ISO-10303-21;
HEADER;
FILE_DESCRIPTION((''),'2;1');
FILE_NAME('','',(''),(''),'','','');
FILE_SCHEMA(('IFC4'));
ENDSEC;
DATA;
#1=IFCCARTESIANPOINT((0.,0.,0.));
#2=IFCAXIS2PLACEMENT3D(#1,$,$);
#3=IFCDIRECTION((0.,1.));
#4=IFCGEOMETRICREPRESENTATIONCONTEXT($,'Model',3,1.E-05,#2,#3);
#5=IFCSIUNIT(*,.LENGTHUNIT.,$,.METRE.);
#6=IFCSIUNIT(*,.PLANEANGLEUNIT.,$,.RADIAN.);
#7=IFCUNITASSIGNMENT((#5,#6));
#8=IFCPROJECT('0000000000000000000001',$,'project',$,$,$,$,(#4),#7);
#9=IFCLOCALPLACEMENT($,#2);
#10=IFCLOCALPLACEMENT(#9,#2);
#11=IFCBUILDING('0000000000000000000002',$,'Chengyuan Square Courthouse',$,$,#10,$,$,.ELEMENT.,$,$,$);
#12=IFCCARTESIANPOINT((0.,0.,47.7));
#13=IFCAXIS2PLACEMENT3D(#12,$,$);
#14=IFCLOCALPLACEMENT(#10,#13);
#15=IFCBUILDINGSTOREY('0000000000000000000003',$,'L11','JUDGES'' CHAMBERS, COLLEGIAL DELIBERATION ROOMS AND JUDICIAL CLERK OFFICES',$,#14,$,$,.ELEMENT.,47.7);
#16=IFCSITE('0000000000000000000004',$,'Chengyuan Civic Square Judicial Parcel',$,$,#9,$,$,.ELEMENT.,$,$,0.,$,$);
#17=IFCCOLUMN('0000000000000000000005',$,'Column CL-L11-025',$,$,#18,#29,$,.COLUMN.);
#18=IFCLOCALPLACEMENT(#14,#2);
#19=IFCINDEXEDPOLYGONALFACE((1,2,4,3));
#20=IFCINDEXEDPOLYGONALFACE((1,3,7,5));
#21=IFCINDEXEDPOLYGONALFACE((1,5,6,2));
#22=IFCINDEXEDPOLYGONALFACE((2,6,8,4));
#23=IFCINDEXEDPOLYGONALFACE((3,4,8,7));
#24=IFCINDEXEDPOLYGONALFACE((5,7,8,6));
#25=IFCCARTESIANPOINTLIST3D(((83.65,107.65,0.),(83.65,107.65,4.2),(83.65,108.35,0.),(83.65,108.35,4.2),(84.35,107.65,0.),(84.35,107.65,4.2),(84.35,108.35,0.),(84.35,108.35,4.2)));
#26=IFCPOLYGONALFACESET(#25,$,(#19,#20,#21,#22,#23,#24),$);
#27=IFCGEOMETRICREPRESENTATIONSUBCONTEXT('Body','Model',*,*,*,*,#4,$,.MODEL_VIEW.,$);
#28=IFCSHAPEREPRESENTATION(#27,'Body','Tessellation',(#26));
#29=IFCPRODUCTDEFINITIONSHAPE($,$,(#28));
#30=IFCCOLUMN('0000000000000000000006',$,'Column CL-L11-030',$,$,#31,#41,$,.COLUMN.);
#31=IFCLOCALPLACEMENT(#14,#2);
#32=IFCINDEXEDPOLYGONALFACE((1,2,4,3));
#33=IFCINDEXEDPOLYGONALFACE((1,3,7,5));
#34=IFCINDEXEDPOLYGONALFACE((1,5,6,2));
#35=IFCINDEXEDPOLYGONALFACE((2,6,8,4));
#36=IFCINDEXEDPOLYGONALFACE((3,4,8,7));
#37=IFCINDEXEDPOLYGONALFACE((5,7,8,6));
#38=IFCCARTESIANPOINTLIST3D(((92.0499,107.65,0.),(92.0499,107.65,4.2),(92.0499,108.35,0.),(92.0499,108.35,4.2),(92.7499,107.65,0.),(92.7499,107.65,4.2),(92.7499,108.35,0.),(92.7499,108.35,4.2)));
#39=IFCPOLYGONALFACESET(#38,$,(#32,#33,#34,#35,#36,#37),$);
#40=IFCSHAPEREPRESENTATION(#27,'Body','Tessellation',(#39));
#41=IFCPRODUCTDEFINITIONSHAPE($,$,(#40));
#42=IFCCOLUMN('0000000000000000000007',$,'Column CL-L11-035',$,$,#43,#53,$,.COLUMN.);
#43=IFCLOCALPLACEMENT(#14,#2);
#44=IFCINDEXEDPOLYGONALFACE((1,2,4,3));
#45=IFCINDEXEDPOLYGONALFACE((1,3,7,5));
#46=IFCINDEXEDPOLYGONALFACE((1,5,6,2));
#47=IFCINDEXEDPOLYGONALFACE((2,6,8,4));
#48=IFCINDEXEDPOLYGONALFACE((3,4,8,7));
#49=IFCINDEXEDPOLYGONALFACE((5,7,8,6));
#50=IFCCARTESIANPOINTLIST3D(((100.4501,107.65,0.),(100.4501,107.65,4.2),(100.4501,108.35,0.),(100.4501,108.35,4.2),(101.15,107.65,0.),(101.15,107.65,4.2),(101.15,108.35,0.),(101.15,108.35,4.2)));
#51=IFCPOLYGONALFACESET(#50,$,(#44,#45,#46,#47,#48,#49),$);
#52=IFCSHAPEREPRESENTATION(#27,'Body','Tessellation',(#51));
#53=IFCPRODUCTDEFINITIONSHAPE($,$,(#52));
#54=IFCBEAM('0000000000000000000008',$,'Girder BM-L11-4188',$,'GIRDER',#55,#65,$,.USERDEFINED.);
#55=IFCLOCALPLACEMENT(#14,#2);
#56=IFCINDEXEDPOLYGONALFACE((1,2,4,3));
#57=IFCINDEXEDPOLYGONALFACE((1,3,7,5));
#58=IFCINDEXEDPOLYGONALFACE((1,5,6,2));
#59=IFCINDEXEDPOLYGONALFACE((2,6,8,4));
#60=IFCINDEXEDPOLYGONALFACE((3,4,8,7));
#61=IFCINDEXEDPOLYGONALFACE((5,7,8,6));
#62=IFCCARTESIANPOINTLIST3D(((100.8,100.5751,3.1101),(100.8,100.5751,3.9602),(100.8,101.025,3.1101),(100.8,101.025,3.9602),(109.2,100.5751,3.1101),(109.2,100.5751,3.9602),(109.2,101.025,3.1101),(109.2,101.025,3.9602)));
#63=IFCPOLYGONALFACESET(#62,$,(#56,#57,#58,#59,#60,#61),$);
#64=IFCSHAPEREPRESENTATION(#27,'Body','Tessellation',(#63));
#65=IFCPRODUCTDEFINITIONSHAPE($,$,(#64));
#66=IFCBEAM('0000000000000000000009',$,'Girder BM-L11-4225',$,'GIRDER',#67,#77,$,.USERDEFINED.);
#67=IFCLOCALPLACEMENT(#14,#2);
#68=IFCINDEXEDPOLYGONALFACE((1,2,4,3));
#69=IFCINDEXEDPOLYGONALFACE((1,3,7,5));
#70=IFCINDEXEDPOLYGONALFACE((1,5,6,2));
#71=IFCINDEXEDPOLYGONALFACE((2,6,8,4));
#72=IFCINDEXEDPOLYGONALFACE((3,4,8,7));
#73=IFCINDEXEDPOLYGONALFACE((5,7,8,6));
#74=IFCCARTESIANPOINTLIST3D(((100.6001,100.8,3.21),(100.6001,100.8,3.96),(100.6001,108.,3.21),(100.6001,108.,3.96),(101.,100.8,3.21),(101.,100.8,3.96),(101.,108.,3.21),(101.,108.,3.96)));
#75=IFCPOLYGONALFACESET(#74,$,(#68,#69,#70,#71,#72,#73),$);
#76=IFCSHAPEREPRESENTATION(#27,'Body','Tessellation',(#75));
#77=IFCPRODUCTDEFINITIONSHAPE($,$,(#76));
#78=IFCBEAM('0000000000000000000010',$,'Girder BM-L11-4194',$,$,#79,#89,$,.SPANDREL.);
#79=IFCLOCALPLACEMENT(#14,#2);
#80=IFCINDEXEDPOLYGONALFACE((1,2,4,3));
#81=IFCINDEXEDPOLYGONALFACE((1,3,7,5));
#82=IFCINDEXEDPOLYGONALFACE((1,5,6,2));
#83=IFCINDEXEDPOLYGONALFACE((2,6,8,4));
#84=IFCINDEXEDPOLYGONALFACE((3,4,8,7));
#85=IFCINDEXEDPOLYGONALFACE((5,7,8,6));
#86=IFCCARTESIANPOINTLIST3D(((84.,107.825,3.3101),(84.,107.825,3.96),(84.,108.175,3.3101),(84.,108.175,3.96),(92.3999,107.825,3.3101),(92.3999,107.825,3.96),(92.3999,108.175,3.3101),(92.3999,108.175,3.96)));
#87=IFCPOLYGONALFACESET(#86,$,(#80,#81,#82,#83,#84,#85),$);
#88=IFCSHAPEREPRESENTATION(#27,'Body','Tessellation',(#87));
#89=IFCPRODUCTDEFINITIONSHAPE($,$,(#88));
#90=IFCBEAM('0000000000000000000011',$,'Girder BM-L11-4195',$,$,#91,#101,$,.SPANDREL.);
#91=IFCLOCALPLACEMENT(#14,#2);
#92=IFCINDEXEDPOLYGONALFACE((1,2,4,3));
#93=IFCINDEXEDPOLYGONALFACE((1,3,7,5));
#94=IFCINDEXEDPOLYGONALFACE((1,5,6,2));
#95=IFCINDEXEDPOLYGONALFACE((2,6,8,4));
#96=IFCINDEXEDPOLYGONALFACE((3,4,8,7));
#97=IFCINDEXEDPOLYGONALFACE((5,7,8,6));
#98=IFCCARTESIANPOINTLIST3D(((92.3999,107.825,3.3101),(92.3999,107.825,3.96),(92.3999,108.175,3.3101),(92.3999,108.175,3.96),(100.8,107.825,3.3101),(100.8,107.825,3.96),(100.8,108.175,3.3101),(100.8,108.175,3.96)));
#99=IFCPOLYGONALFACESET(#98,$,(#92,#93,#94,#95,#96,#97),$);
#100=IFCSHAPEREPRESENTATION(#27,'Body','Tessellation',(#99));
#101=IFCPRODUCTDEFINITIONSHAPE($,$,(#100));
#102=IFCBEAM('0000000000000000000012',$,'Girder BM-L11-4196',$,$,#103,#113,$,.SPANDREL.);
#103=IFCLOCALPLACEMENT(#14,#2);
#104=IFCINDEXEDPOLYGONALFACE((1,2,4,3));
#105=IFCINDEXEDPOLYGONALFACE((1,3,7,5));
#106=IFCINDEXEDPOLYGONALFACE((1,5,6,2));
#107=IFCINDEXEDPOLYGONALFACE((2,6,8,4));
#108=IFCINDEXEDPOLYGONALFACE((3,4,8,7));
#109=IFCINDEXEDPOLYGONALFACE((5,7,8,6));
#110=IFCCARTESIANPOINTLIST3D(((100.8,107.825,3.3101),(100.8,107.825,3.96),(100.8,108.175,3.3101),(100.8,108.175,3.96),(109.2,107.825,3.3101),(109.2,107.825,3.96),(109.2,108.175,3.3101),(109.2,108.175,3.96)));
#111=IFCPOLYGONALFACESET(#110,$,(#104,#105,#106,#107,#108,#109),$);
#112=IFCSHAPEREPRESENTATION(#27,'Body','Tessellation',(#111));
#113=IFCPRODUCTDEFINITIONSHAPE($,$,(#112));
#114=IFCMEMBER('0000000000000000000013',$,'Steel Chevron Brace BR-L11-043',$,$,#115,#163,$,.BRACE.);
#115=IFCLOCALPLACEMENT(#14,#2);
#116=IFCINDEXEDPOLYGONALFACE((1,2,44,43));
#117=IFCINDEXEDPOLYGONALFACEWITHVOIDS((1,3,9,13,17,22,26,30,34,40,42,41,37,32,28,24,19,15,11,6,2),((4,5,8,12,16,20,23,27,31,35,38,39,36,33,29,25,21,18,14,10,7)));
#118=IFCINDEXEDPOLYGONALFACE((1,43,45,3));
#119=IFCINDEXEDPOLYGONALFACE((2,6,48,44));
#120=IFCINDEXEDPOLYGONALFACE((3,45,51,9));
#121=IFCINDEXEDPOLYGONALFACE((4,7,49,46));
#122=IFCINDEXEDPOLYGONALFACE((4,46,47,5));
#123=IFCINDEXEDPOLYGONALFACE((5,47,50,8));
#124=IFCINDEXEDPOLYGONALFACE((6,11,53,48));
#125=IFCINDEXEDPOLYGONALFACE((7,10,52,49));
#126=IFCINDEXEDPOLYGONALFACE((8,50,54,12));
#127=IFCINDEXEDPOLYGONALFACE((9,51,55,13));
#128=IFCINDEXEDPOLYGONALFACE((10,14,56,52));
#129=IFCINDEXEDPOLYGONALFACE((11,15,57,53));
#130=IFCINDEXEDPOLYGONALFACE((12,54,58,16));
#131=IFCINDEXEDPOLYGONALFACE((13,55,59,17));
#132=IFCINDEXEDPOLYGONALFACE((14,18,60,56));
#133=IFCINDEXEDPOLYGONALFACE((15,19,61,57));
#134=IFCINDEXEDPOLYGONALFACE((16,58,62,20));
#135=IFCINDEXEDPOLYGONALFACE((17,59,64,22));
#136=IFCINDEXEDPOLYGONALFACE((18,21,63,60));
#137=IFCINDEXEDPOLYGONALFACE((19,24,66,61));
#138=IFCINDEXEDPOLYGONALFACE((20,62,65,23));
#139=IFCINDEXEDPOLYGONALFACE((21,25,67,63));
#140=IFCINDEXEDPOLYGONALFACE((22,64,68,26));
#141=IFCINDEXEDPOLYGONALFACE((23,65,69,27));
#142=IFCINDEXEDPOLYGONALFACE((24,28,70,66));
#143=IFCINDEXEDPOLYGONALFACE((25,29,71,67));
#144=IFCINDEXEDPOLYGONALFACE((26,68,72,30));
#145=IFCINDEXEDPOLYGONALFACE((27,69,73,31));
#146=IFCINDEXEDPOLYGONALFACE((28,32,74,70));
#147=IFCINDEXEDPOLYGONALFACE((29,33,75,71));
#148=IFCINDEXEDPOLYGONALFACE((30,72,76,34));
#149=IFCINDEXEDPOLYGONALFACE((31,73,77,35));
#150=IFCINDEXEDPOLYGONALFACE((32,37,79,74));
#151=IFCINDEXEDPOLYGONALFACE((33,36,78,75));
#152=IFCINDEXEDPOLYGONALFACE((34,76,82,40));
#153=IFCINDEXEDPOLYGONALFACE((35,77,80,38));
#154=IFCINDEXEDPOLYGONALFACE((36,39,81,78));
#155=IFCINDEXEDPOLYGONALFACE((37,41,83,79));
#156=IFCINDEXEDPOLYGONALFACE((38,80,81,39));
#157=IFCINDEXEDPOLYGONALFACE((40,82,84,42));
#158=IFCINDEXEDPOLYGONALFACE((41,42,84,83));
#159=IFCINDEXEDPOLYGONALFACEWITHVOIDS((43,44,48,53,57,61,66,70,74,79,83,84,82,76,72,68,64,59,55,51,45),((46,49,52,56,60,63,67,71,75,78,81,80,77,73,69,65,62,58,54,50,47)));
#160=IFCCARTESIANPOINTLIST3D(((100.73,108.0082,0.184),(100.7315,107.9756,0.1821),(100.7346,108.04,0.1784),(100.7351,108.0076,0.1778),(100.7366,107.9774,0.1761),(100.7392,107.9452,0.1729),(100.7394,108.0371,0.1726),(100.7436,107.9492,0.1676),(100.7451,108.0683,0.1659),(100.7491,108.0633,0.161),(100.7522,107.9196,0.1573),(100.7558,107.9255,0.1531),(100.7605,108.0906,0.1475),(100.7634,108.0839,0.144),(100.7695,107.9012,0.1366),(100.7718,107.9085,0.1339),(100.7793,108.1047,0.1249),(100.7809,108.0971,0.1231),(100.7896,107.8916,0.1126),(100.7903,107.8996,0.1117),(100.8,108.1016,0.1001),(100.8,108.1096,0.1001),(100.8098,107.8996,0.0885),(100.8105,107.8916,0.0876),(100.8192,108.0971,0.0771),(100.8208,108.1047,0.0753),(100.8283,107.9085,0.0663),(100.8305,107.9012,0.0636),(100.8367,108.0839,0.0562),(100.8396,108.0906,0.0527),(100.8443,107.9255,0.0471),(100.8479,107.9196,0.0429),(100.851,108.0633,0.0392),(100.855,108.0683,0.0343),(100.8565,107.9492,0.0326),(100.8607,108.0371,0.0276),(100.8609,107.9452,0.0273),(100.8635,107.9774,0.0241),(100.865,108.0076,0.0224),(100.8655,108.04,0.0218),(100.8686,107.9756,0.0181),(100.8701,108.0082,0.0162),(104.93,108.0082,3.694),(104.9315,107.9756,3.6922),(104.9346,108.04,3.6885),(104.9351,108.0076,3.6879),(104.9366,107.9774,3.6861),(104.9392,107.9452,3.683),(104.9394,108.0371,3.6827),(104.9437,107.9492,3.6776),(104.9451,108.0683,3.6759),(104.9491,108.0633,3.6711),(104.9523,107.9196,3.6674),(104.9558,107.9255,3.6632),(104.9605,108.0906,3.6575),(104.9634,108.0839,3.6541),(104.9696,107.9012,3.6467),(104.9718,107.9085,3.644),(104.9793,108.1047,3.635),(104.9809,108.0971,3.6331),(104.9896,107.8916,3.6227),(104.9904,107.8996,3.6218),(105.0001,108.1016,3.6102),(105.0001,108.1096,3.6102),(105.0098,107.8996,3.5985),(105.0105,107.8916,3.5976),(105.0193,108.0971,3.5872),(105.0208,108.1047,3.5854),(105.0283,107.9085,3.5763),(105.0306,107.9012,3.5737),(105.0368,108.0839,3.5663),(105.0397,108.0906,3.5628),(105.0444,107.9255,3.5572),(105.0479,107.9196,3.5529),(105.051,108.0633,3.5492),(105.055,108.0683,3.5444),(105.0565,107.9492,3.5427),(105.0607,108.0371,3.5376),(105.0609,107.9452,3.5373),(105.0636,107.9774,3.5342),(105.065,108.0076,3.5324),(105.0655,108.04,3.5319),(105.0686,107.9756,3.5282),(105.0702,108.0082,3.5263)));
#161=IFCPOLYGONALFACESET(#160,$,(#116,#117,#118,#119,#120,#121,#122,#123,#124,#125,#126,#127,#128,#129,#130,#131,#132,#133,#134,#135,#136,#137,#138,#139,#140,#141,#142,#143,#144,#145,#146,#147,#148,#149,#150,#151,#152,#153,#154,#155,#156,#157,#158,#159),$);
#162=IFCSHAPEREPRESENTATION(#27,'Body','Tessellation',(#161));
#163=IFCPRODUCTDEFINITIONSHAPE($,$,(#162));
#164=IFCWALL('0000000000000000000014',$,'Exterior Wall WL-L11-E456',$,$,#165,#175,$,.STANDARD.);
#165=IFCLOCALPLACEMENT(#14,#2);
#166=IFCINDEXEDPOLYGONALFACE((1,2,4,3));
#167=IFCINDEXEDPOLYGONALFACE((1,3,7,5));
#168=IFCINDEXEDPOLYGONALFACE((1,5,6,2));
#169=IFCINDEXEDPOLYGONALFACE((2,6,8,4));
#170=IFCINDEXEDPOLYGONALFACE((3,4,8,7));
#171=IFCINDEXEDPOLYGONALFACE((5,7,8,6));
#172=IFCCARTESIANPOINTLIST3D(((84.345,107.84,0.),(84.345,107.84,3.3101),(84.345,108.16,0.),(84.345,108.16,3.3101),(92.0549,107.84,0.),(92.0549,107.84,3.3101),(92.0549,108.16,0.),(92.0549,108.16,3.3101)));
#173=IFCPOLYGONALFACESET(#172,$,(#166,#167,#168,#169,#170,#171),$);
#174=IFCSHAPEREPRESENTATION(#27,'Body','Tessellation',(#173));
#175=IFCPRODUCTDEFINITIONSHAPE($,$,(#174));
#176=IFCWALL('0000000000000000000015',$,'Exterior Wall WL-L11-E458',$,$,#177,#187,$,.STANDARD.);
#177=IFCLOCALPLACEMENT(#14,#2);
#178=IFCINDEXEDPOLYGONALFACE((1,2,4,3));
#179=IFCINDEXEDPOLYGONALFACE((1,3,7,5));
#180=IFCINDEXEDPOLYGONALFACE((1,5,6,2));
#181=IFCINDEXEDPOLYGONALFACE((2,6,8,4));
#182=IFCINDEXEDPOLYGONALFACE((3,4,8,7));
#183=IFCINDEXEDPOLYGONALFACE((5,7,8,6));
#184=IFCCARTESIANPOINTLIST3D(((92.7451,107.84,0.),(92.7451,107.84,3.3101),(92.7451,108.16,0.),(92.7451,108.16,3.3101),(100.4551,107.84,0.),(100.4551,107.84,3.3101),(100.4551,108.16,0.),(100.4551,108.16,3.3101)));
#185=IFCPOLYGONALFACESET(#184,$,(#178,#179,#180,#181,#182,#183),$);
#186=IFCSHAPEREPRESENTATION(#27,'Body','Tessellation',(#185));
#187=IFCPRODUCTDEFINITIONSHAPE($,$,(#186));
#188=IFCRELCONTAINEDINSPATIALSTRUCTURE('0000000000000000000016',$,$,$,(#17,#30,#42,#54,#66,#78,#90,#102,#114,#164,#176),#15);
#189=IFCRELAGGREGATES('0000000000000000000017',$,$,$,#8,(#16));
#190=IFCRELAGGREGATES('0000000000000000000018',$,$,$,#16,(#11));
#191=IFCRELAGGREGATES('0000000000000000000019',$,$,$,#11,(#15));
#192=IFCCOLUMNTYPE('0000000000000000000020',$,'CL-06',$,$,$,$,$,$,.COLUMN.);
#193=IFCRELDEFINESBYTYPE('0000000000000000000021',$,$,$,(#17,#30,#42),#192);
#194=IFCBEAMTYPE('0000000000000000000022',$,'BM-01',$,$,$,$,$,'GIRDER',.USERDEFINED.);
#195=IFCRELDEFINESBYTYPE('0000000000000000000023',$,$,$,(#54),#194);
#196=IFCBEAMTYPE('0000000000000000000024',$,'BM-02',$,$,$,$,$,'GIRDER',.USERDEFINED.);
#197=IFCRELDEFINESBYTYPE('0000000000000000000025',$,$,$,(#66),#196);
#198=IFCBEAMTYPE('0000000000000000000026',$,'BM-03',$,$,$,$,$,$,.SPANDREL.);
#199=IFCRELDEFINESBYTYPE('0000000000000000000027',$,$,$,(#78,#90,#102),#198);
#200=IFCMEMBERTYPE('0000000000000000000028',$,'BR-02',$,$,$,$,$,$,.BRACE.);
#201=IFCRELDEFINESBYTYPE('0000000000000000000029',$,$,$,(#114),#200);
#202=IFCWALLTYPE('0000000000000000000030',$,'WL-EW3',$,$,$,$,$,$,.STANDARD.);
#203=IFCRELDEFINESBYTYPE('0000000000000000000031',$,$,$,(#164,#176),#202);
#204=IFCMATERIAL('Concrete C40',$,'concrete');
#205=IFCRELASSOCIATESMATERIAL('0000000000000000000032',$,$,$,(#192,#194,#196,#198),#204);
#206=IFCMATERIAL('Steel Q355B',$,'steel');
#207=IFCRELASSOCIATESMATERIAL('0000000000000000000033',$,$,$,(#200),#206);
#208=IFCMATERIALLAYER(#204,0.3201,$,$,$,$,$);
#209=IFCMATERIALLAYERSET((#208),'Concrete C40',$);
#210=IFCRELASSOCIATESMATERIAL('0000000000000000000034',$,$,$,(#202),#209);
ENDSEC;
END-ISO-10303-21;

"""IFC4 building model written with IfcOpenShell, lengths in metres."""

from ifc_helpers import new_model, si_unit, direction, frame, frame_2d, origin, origin_2d, place, context, subcontext, project, spatial, rectangle, hollow_circle, extrude, material, layer, layer_set, material_profile, profile_set, type_object, element, save


model = new_model("IFC4")

# Units and contexts
model_context = context("Model", 3, precision=1e-05, world=origin(), true_north=direction((0.0, 1.0)))
body_context = subcontext(model_context, "Body", "Model", "MODEL_VIEW")
ifc_project = project(units=[si_unit("LENGTHUNIT", "METRE"), si_unit("PLANEANGLEUNIT", "RADIAN")], contexts=[model_context])

# Site, building, storey
site_placement = place(None, origin())
site = spatial("IfcSite", under=ifc_project, at=site_placement, Name="Chengyuan Civic Square Judicial Parcel", CompositionType="ELEMENT", RefElevation=0.0)
building_placement = place(site_placement, origin())
building = spatial("IfcBuilding", under=site, at=building_placement, Name="Chengyuan Square Courthouse", CompositionType="ELEMENT")
storey_placement = place(building_placement, frame((0.0, 0.0, 47.7)))
storey = spatial("IfcBuildingStorey", under=building, at=storey_placement, Name="L11", Description="JUDGES' CHAMBERS, COLLEGIAL DELIBERATION ROOMS AND JUDICIAL CLERK OFFICES", CompositionType="ELEMENT", Elevation=47.7)

# Columns
ifc_material_1 = material(Name="Concrete C40", Category="concrete")
ifc_material_profile_1 = material_profile(ifc_material_1, rectangle(XDim=0.7, YDim=0.7, at=origin_2d()), Name="RC-COL-700x700")
ifc_profile_set_1 = profile_set([ifc_material_profile_1], Name="Concrete C40")
column_type = type_object("IfcColumnType", Name="CL-06", PredefinedType="COLUMN", material=ifc_profile_set_1)
for number, where, z_axis, x_axis, name in (
    (1, (84.0, 108.0, 0.0), (0.0, 0.0, 1.0), (1.0, 0.0, 0.0), "Column CL-L11-025"),
    (2, (92.3999, 108.0, 0.0), (0.0, 0.0, 1.0), (1.0, 0.0, 0.0), "Column CL-L11-030"),
    (3, (100.8, 108.0, 0.0), (0.0, 0.0, 1.0), (1.0, 0.0, 0.0), "Column CL-L11-035"),
):
    element("IfcColumn", number, at=place(storey_placement, frame(where, z_axis=z_axis, x_axis=x_axis)), inside=storey, type_object=column_type, Name=name, PredefinedType="COLUMN", context=body_context, shape_type="SweptSolid", body=[
        extrude(rectangle(XDim=0.7, YDim=0.7, at=origin_2d()), origin(), (0.0, 0.0, 1.0), 4.2),
    ])

# Beams
ifc_material_profile_2 = material_profile(ifc_material_1, rectangle(XDim=0.45, YDim=0.8501, at=origin_2d()), Name="RC-BM-450x850")
ifc_profile_set_2 = profile_set([ifc_material_profile_2], Name="Concrete C40")
beam_type_1 = type_object("IfcBeamType", Name="BM-01", ElementType="GIRDER", PredefinedType="USERDEFINED", material=ifc_profile_set_2)
beam_1_placement = place(storey_placement, frame((100.8, 100.8, 3.5352), z_axis=(1.0, 0.0, 0.0), x_axis=(0.0, 1.0, 0.0)))
element("IfcBeam", 4, at=beam_1_placement, inside=storey, type_object=beam_type_1, Name="Girder BM-L11-4188", ObjectType="GIRDER", PredefinedType="USERDEFINED", context=body_context, shape_type="SweptSolid", body=[
    extrude(rectangle(XDim=0.45, YDim=0.8501, at=origin_2d()), origin(), (0.0, 0.0, 1.0), 8.3999),
])
ifc_material_profile_3 = material_profile(ifc_material_1, rectangle(XDim=0.3999, YDim=0.75, at=origin_2d()), Name="RC-BM-400x750")
ifc_profile_set_3 = profile_set([ifc_material_profile_3], Name="Concrete C40")
beam_type_2 = type_object("IfcBeamType", Name="BM-02", ElementType="GIRDER", PredefinedType="USERDEFINED", material=ifc_profile_set_3)
beam_2_placement = place(storey_placement, frame((100.8, 100.8, 3.585), z_axis=(0.0, 1.0, 0.0), x_axis=(-1.0, 0.0, 0.0)))
element("IfcBeam", 5, at=beam_2_placement, inside=storey, type_object=beam_type_2, Name="Girder BM-L11-4225", ObjectType="GIRDER", PredefinedType="USERDEFINED", context=body_context, shape_type="SweptSolid", body=[
    extrude(rectangle(XDim=0.3999, YDim=0.75, at=origin_2d()), origin(), (0.0, 0.0, 1.0), 7.2),
])
ifc_material_profile_4 = material_profile(ifc_material_1, rectangle(XDim=0.3501, YDim=0.6499, at=origin_2d()), Name="RC-BM-350x650")
ifc_profile_set_4 = profile_set([ifc_material_profile_4], Name="Concrete C40")
beam_type_3 = type_object("IfcBeamType", Name="BM-03", PredefinedType="SPANDREL", material=ifc_profile_set_4)
beam_3_placement = place(storey_placement, frame((84.0, 108.0, 3.635), z_axis=(1.0, 0.0, 0.0), x_axis=(0.0, 1.0, 0.0)))
element("IfcBeam", 6, at=beam_3_placement, inside=storey, type_object=beam_type_3, Name="Girder BM-L11-4194", PredefinedType="SPANDREL", context=body_context, shape_type="SweptSolid", body=[
    extrude(rectangle(XDim=0.3501, YDim=0.6499, at=origin_2d()), origin(), (0.0, 0.0, 1.0), 8.3999),
])
beam_4_placement = place(storey_placement, frame((92.3999, 108.0, 3.635), z_axis=(1.0, 0.0, 0.0), x_axis=(0.0, 1.0, 0.0)))
element("IfcBeam", 7, at=beam_4_placement, inside=storey, type_object=beam_type_3, Name="Girder BM-L11-4195", PredefinedType="SPANDREL", context=body_context, shape_type="SweptSolid", body=[
    extrude(rectangle(XDim=0.3501, YDim=0.6499, at=origin_2d()), origin(), (0.0, 0.0, 1.0), 8.4001),
])
beam_5_placement = place(storey_placement, frame((100.8, 108.0, 3.635), z_axis=(1.0, 0.0, 0.0), x_axis=(0.0, 1.0, 0.0)))
element("IfcBeam", 8, at=beam_5_placement, inside=storey, type_object=beam_type_3, Name="Girder BM-L11-4196", PredefinedType="SPANDREL", context=body_context, shape_type="SweptSolid", body=[
    extrude(rectangle(XDim=0.3501, YDim=0.6499, at=origin_2d()), origin(), (0.0, 0.0, 1.0), 8.3999),
])

# Member
ifc_material_2 = material(Name="Steel Q355B", Category="steel")
ifc_material_profile_5 = material_profile(ifc_material_2, hollow_circle(Radius=0.1096, WallThickness=0.0081, at=origin_2d()), Name="CHS 219x8")
ifc_profile_set_5 = profile_set([ifc_material_profile_5], Name="Steel Q355B")
member_type = type_object("IfcMemberType", Name="BR-02", PredefinedType="BRACE", material=ifc_profile_set_5)
member_placement = place(storey_placement, frame((100.8, 108.0, 0.1001), z_axis=(0.767317, 0.0, 0.641267), x_axis=(0.0, 1.0, 0.0)))
element("IfcMember", 9, at=member_placement, inside=storey, type_object=member_type, Name="Steel Chevron Brace BR-L11-043", PredefinedType="BRACE", context=body_context, shape_type="SweptSolid", body=[
    extrude(hollow_circle(Radius=0.1096, WallThickness=0.0081, at=origin_2d()), origin(), (0.0, 0.0, 1.0), 5.4736),
])

# Walls
ifc_layer_1 = layer(ifc_material_1, 0.3201)
ifc_layer_set_1 = layer_set([ifc_layer_1], Name="Concrete C40")
wall_type_1 = type_object("IfcWallType", Name="WL-EW3", PredefinedType="STANDARD", material=ifc_layer_set_1)
for number, where, z_axis, x_axis, name in (
    (10, (84.345, 108.0, 0.0), (0.0, 0.0, 1.0), (1.0, 0.0, 0.0), "Exterior Wall WL-L11-E456"),
    (11, (92.7451, 108.0, 0.0), (0.0, 0.0, 1.0), (1.0, 0.0, 0.0), "Exterior Wall WL-L11-E458"),
):
    element("IfcWall", number, at=place(storey_placement, frame(where, z_axis=z_axis, x_axis=x_axis)), inside=storey, type_object=wall_type_1, Name=name, PredefinedType="STANDARD", context=body_context, shape_type="SweptSolid", body=[
        extrude(rectangle(XDim=7.71, YDim=0.3201, at=frame_2d((3.855, 0.0))), origin(), (0.0, 0.0, 1.0), 3.3101),
    ])

save(model, "model.ifc")
